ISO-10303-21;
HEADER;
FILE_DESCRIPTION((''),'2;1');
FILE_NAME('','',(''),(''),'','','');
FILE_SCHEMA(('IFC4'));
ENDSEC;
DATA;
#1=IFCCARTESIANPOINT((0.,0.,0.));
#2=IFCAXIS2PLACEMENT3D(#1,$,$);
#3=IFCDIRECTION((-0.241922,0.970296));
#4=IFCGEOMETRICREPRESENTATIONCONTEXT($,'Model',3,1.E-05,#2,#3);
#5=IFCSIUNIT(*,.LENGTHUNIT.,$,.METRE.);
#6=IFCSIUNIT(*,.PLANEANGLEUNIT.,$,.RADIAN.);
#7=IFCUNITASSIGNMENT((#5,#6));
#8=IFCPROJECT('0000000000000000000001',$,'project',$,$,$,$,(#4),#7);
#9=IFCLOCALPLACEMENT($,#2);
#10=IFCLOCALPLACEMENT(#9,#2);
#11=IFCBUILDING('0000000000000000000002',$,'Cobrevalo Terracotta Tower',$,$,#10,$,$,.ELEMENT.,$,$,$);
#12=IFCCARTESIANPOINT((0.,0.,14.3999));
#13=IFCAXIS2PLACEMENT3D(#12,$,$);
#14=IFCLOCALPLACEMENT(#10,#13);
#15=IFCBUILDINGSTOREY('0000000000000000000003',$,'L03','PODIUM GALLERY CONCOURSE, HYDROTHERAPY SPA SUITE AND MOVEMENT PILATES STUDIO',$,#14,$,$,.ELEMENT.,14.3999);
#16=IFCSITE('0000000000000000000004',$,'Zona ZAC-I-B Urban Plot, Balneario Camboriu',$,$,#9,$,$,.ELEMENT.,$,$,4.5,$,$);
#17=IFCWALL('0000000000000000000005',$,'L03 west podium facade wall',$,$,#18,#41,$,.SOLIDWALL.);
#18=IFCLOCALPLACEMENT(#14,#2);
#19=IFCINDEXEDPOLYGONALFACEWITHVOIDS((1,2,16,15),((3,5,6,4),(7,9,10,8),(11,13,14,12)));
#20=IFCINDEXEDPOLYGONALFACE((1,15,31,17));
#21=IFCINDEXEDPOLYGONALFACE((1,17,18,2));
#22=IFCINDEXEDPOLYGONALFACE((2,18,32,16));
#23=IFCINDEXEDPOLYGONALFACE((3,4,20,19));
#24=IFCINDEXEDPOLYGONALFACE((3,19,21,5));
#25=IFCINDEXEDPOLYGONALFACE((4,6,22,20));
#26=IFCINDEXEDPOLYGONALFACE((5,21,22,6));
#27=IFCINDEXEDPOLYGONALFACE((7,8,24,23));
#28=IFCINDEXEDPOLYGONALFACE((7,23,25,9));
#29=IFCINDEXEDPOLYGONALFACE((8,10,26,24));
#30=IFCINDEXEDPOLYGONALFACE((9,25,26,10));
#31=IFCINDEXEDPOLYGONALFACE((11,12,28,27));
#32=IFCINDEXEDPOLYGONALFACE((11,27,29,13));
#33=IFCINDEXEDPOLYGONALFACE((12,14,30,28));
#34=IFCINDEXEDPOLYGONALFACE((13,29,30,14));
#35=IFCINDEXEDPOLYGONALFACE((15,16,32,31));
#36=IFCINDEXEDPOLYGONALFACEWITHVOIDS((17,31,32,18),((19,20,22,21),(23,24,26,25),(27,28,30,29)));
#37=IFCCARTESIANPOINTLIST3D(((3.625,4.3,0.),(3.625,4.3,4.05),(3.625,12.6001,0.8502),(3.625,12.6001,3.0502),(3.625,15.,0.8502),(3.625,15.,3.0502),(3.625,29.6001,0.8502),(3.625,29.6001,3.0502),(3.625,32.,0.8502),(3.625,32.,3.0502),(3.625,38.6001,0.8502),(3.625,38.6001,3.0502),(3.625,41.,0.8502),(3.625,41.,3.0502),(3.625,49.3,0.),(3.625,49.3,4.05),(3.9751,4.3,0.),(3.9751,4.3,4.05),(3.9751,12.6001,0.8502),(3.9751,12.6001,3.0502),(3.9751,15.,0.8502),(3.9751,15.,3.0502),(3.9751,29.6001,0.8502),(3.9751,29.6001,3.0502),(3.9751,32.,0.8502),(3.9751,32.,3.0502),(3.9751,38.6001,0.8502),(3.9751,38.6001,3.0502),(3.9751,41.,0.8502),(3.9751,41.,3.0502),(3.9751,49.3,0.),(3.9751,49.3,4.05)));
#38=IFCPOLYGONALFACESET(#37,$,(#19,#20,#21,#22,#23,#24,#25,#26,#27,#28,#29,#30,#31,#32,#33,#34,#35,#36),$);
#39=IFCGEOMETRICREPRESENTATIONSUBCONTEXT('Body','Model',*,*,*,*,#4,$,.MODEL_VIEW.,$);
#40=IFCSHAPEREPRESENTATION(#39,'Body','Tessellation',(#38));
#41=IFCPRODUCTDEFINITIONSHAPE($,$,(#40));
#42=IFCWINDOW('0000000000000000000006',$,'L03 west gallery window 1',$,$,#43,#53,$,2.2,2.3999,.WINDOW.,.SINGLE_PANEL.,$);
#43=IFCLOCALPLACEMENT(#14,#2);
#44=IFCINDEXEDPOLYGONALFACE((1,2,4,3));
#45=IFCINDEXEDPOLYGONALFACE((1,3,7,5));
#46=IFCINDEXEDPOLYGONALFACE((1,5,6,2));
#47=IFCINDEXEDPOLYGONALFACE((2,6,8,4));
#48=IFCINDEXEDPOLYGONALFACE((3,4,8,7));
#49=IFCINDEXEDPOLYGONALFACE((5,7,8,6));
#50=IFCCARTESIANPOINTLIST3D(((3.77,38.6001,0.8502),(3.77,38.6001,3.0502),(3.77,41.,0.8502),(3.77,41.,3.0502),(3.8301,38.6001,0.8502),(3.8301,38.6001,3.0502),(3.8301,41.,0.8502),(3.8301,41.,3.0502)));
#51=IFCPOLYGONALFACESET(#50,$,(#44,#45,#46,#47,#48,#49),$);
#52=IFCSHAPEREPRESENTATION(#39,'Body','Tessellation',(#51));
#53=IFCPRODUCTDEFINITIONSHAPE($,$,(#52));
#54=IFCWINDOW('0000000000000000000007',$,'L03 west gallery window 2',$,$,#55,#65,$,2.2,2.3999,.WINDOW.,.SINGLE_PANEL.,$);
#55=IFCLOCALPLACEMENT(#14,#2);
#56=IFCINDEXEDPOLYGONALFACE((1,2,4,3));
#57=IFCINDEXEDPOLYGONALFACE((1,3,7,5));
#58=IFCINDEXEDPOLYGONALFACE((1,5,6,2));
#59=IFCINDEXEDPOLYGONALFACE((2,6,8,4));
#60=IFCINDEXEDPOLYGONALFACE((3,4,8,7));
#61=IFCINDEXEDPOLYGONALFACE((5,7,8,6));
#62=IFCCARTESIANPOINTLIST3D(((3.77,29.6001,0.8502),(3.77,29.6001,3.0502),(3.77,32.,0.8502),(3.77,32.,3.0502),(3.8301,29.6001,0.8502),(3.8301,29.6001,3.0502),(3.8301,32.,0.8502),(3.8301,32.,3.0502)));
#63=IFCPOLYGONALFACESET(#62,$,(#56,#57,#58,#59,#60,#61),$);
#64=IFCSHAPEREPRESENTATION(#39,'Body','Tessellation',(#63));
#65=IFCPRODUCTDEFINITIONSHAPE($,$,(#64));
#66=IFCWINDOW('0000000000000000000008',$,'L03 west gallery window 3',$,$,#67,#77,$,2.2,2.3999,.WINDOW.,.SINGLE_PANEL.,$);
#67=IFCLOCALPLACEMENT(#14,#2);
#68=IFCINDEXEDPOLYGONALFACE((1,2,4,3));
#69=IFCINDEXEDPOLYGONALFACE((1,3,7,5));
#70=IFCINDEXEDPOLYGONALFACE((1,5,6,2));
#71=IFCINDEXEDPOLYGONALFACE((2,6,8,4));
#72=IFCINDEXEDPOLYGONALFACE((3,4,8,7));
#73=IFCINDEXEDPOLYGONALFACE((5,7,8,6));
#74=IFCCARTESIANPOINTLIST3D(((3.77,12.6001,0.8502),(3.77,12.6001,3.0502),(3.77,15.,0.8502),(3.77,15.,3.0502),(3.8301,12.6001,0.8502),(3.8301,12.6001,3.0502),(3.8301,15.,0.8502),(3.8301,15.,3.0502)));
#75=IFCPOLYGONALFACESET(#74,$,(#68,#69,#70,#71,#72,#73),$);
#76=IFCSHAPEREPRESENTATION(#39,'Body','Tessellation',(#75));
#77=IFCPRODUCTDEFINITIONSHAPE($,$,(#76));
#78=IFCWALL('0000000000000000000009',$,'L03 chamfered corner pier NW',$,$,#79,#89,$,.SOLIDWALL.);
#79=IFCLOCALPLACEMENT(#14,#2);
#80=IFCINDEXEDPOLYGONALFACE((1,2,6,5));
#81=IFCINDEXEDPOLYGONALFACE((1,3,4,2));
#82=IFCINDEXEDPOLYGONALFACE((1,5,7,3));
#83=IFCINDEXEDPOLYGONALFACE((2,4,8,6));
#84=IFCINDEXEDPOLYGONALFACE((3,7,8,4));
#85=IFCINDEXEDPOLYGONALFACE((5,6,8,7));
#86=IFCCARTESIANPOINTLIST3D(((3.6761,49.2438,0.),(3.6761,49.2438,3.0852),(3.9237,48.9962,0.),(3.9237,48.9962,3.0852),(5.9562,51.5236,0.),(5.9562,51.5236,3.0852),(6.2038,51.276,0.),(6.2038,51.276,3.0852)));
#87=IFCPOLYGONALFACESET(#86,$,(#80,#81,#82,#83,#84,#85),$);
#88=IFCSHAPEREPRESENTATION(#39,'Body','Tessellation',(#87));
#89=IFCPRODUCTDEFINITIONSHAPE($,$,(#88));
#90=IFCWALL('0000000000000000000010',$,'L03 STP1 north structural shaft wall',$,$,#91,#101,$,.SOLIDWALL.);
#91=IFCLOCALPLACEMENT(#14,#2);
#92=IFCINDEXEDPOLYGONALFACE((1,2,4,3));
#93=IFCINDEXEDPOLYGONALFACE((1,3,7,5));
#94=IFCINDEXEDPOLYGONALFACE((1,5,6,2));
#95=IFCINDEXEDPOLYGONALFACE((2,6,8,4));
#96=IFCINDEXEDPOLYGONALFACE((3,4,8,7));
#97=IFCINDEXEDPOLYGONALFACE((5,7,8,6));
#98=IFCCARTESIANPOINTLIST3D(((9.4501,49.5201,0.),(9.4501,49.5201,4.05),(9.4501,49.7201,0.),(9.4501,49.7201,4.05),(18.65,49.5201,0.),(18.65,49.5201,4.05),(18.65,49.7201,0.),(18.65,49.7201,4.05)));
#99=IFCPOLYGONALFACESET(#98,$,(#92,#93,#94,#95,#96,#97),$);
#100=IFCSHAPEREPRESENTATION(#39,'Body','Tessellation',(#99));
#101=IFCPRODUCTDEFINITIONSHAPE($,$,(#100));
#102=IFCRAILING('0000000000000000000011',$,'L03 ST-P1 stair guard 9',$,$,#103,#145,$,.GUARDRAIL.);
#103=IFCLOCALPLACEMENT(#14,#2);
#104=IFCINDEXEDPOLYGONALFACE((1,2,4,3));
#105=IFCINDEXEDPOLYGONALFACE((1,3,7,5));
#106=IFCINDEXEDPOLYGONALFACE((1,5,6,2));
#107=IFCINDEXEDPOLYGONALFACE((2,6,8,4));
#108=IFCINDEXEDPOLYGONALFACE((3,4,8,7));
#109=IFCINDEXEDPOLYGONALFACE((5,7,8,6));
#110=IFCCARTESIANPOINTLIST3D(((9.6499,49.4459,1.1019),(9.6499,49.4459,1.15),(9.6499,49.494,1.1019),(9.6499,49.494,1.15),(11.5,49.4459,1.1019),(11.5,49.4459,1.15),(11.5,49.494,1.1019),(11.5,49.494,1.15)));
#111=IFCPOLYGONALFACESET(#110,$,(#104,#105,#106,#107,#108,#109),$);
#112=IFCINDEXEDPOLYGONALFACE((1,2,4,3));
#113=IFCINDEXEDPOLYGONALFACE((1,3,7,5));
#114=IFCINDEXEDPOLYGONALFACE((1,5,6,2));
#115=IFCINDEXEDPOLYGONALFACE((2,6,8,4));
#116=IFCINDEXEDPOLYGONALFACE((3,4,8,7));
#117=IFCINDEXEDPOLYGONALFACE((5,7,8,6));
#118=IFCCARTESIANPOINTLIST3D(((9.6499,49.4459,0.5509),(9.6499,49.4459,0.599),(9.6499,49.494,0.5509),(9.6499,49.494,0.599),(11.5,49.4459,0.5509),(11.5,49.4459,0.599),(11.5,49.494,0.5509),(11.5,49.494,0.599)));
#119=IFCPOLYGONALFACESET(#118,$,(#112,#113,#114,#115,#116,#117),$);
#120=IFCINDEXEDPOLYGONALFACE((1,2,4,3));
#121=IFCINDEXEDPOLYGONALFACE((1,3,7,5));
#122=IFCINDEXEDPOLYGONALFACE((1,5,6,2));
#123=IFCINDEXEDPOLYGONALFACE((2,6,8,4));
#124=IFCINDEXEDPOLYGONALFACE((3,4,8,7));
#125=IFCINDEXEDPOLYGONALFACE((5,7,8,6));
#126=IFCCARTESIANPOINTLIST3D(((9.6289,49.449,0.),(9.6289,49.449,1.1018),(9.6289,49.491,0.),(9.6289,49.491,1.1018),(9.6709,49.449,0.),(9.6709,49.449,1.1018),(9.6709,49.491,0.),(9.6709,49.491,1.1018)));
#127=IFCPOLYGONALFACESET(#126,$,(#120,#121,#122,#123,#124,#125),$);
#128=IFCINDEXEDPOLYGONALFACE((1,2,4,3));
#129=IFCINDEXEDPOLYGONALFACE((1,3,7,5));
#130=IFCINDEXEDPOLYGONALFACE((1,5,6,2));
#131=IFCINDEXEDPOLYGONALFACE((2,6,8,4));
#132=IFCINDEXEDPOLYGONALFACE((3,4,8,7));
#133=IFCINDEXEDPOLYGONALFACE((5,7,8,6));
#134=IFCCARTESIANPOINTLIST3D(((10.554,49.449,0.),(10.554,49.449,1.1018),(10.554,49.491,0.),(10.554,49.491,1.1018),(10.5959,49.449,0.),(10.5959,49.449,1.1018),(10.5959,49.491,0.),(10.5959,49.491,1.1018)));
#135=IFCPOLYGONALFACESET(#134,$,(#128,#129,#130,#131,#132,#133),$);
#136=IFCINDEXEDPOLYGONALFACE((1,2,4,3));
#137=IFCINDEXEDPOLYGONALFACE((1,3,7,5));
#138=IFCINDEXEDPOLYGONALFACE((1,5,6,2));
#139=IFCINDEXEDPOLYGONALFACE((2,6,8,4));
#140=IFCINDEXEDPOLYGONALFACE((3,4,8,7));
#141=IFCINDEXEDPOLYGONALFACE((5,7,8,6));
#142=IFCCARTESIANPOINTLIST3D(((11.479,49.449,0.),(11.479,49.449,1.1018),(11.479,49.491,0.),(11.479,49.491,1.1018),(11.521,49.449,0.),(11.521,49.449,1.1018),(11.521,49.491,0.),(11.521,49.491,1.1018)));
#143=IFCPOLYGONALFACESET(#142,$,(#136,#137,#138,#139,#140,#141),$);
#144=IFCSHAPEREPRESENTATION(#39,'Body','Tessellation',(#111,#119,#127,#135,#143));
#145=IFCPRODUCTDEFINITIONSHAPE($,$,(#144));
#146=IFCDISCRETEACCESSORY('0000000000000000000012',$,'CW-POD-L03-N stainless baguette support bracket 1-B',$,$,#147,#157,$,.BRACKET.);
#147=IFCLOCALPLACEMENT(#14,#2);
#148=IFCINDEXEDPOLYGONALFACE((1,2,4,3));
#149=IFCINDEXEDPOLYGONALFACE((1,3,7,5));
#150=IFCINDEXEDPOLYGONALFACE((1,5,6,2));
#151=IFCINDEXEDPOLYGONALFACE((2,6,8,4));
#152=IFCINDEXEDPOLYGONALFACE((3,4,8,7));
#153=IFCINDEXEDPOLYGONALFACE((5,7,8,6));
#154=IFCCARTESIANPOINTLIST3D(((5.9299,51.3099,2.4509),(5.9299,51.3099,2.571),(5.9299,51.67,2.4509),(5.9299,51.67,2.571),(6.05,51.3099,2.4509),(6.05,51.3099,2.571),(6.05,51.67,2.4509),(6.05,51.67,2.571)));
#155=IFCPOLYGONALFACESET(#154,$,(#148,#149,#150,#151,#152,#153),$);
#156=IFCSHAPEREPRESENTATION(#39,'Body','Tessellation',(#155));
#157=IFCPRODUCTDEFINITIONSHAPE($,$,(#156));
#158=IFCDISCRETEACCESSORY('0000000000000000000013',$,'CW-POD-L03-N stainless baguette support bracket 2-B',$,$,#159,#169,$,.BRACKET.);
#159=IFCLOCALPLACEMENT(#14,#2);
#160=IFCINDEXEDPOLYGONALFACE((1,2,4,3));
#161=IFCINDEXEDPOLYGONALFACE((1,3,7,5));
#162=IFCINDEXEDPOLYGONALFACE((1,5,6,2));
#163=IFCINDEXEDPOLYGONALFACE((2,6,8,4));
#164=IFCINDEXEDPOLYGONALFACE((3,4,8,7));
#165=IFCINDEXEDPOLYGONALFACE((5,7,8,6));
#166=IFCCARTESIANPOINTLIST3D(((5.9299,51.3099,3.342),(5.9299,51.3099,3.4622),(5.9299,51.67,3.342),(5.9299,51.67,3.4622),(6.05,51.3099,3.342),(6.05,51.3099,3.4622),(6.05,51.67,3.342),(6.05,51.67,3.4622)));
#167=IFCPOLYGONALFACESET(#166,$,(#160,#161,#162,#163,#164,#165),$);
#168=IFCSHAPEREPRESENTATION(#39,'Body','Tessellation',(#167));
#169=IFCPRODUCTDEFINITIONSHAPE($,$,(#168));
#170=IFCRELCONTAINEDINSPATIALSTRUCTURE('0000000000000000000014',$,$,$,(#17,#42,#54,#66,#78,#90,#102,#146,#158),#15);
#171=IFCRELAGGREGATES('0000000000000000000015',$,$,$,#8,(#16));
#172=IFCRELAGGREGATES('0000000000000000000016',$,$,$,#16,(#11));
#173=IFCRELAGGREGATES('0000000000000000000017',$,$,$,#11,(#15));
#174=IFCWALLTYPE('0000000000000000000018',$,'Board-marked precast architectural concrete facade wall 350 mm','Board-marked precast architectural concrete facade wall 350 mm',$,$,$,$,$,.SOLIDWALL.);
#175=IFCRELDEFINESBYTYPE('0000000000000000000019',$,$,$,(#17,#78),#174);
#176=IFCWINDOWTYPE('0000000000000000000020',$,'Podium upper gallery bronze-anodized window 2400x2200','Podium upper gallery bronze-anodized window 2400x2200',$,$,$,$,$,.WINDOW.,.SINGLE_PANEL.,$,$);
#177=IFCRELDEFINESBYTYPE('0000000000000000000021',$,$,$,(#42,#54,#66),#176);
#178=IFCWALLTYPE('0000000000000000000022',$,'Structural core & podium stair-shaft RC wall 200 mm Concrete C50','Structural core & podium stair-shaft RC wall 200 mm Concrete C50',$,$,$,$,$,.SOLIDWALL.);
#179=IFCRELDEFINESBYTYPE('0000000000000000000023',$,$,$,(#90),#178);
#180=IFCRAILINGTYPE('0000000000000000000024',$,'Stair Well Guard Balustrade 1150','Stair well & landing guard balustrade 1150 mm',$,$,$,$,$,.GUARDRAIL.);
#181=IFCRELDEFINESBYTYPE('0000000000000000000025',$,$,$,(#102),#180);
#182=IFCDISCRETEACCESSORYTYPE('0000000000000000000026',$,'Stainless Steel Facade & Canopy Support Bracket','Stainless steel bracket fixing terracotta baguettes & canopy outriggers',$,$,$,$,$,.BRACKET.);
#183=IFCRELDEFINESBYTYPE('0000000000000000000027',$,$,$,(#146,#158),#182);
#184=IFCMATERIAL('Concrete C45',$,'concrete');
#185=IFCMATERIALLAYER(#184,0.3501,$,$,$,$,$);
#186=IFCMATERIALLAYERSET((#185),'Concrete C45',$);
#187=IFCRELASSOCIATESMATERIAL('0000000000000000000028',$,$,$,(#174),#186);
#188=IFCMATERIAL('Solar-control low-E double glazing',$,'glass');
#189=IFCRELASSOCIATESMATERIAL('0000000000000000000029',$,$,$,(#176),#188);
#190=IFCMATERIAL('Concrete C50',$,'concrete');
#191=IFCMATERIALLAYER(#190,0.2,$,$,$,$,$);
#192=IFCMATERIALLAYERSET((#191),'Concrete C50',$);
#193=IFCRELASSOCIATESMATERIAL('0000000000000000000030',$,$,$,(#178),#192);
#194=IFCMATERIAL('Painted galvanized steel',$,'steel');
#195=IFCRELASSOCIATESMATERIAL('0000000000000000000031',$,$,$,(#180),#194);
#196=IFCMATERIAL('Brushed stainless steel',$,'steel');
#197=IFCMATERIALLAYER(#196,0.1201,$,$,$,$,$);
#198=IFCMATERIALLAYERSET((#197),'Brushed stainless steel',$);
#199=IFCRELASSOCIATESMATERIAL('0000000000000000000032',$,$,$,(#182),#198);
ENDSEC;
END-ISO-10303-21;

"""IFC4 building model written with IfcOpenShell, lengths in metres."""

from ifc_helpers import new_model, si_unit, direction, frame, frame_2d, origin, origin_2d, place, context, subcontext, project, spatial, rectangle, extrude, source, transform, mapped, material, layer, layer_set, type_object, element, fill, save


model = new_model("IFC4")

# Units and contexts
model_context = context("Model", 3, precision=1e-05, world=origin(), true_north=direction((-0.241922, 0.970296)))
body_context = subcontext(model_context, "Body", "Model", "MODEL_VIEW")
ifc_project = project(units=[si_unit("LENGTHUNIT", "METRE"), si_unit("PLANEANGLEUNIT", "RADIAN")], contexts=[model_context])

# Site, building, storey
site_placement = place(None, origin())
site = spatial("IfcSite", under=ifc_project, at=site_placement, Name="Zona ZAC-I-B Urban Plot, Balneario Camboriu", CompositionType="ELEMENT", RefElevation=4.5)
building_placement = place(site_placement, origin())
building = spatial("IfcBuilding", under=site, at=building_placement, Name="Cobrevalo Terracotta Tower", CompositionType="ELEMENT")
storey_placement = place(building_placement, frame((0.0, 0.0, 14.3999)))
storey = spatial("IfcBuildingStorey", under=building, at=storey_placement, Name="L03", Description="PODIUM GALLERY CONCOURSE, HYDROTHERAPY SPA SUITE AND MOVEMENT PILATES STUDIO", CompositionType="ELEMENT", Elevation=14.3999)

# Shared definitions
ifc_material_1 = material(Name="Concrete C50", Category="concrete")

# Wall, openings, windows
ifc_material_2 = material(Name="Concrete C45", Category="concrete")
ifc_layer_1 = layer(ifc_material_2, 0.3501)
ifc_layer_set_1 = layer_set([ifc_layer_1], Name="Concrete C45")
wall_type_1 = type_object("IfcWallType", Name="Board-marked precast architectural concrete facade wall 350 mm", Description="Board-marked precast architectural concrete facade wall 350 mm", PredefinedType="SOLIDWALL", material=ifc_layer_set_1)
wall_1_placement = place(storey_placement, frame((3.8, 49.3, 0.0), z_axis=(0.0, 0.0, 1.0), x_axis=(0.0, -1.0, 0.0)))
wall_1 = element("IfcWall", 1, at=wall_1_placement, inside=storey, type_object=wall_type_1, Name="L03 west podium facade wall", PredefinedType="SOLIDWALL", context=body_context, shape_type="SweptSolid", body=[
    extrude(rectangle(XDim=45.0, YDim=0.3501, at=frame_2d((22.5, 0.0))), origin(), (0.0, 0.0, 1.0), 4.05),
])
opening_1_placement = place(wall_1_placement, frame((8.3, 0.0, 0.8501)))
opening_1 = element("IfcOpeningElement", 2, at=opening_1_placement, cuts=wall_1, PredefinedType="OPENING", context=body_context, shape_type="SweptSolid", body=[
    extrude(rectangle(XDim=2.3999, YDim=2.2, at=frame_2d((1.2, 1.1001))), frame((0.0, 0.1851, 0.0), z_axis=(0.0, -1.0, 0.0), x_axis=(1.0, 0.0, 0.0)), (0.0, 0.0, 1.0), 0.3701),
])
opening_2_placement = place(wall_1_placement, frame((17.3, 0.0, 0.8501)))
opening_2 = element("IfcOpeningElement", 3, at=opening_2_placement, cuts=wall_1, PredefinedType="OPENING", context=body_context, shape_type="SweptSolid", body=[
    extrude(rectangle(XDim=2.3999, YDim=2.2, at=frame_2d((1.2, 1.1001))), frame((0.0, 0.1851, 0.0), z_axis=(0.0, -1.0, 0.0), x_axis=(1.0, 0.0, 0.0)), (0.0, 0.0, 1.0), 0.3701),
])
opening_3_placement = place(wall_1_placement, frame((34.3, 0.0, 0.8501)))
opening_3 = element("IfcOpeningElement", 4, at=opening_3_placement, cuts=wall_1, PredefinedType="OPENING", context=body_context, shape_type="SweptSolid", body=[
    extrude(rectangle(XDim=2.3999, YDim=2.2, at=frame_2d((1.2, 1.1001))), frame((0.0, 0.1851, 0.0), z_axis=(0.0, -1.0, 0.0), x_axis=(1.0, 0.0, 0.0)), (0.0, 0.0, 1.0), 0.3701),
])
ifc_material_3 = material(Name="Solar-control low-E double glazing", Category="glass")
window_type = type_object("IfcWindowType", Name="Podium upper gallery bronze-anodized window 2400x2200", Description="Podium upper gallery bronze-anodized window 2400x2200", PartitioningType="SINGLE_PANEL", PredefinedType="WINDOW", material=ifc_material_3)
shared_shape_1 = source(origin(), body_context, "Body", "SweptSolid", [
    extrude(rectangle(XDim=2.3999, YDim=2.2, at=frame_2d((1.2, 1.1001))), frame((0.0, 0.03, 0.0), z_axis=(0.0, -1.0, 0.0), x_axis=(1.0, 0.0, 0.0)), (0.0, 0.0, 1.0), 0.0601),
])
window_1_placement = place(opening_1_placement, origin())
window_1 = element("IfcWindow", 5, at=window_1_placement, inside=storey, type_object=window_type, Name="L03 west gallery window 1", OverallHeight=2.2, OverallWidth=2.3999, PartitioningType="SINGLE_PANEL", PredefinedType="WINDOW", context=body_context, shape_type="MappedRepresentation", body=[
    mapped(shared_shape_1, transform((0.0, 0.0, 0.0), scale=1.0)),
])
fill(opening_1, window_1)
window_2_placement = place(opening_2_placement, origin())
window_2 = element("IfcWindow", 6, at=window_2_placement, inside=storey, type_object=window_type, Name="L03 west gallery window 2", OverallHeight=2.2, OverallWidth=2.3999, PartitioningType="SINGLE_PANEL", PredefinedType="WINDOW", context=body_context, shape_type="MappedRepresentation", body=[
    mapped(shared_shape_1, transform((0.0, 0.0, 0.0), scale=1.0)),
])
fill(opening_2, window_2)
window_3_placement = place(opening_3_placement, origin())
window_3 = element("IfcWindow", 7, at=window_3_placement, inside=storey, type_object=window_type, Name="L03 west gallery window 3", OverallHeight=2.2, OverallWidth=2.3999, PartitioningType="SINGLE_PANEL", PredefinedType="WINDOW", context=body_context, shape_type="MappedRepresentation", body=[
    mapped(shared_shape_1, transform((0.0, 0.0, 0.0), scale=1.0)),
])
fill(opening_3, window_3)

# Walls
wall_2_placement = place(storey_placement, frame((6.0801, 51.3999, 0.0), z_axis=(0.0, 0.0, 1.0), x_axis=(-0.707145, -0.707069, 0.0)))
element("IfcWall", 8, at=wall_2_placement, inside=storey, type_object=wall_type_1, Name="L03 chamfered corner pier NW", PredefinedType="SOLIDWALL", context=body_context, shape_type="SweptSolid", body=[
    extrude(rectangle(XDim=3.2244, YDim=0.3501, at=frame_2d((1.6123, 0.0))), origin(), (0.0, 0.0, 1.0), 3.0852),
])
ifc_layer_2 = layer(ifc_material_1, 0.2)
ifc_layer_set_2 = layer_set([ifc_layer_2], Name="Concrete C50")
wall_type_2 = type_object("IfcWallType", Name="Structural core & podium stair-shaft RC wall 200 mm Concrete C50", Description="Structural core & podium stair-shaft RC wall 200 mm Concrete C50", PredefinedType="SOLIDWALL", material=ifc_layer_set_2)
wall_3_placement = place(storey_placement, frame((9.45, 49.6201, 0.0), z_axis=(0.0, 0.0, 1.0), x_axis=(1.0, 0.0, 0.0)))
element("IfcWall", 9, at=wall_3_placement, inside=storey, type_object=wall_type_2, Name="L03 STP1 north structural shaft wall", PredefinedType="SOLIDWALL", context=body_context, shape_type="SweptSolid", body=[
    extrude(rectangle(XDim=9.2, YDim=0.2, at=frame_2d((4.6001, 0.0))), origin(), (0.0, 0.0, 1.0), 4.05),
])

# Railing
ifc_material_4 = material(Name="Painted galvanized steel", Category="steel")
railing_type = type_object("IfcRailingType", Name="Stair Well Guard Balustrade 1150", Description="Stair well & landing guard balustrade 1150 mm", PredefinedType="GUARDRAIL", material=ifc_material_4)
railing_placement = place(storey_placement, frame((9.6499, 49.47, 0.0)))
element("IfcRailing", 10, at=railing_placement, inside=storey, type_object=railing_type, Name="L03 ST-P1 stair guard 9", PredefinedType="GUARDRAIL", context=body_context, shape_type="SweptSolid", body=[
    extrude(rectangle(XDim=0.0481, YDim=0.0481, at=origin_2d()), frame((0.0, 0.0, 1.126), z_axis=(1.0, 0.0, 0.0), x_axis=(0.0, 1.0, 0.0)), (0.0, 0.0, 1.0), 1.8501),
    extrude(rectangle(XDim=0.0481, YDim=0.0481, at=origin_2d()), frame((0.0, 0.0, 0.575), z_axis=(1.0, 0.0, 0.0), x_axis=(0.0, 1.0, 0.0)), (0.0, 0.0, 1.0), 1.8501),
    extrude(rectangle(XDim=0.042, YDim=0.042, at=origin_2d()), origin(), (0.0, 0.0, 1.0), 1.1018),
    extrude(rectangle(XDim=0.042, YDim=0.042, at=origin_2d()), frame((0.925, 0.0, 0.0)), (0.0, 0.0, 1.0), 1.1018),
    extrude(rectangle(XDim=0.042, YDim=0.042, at=origin_2d()), frame((1.8501, 0.0, 0.0)), (0.0, 0.0, 1.0), 1.1018),
])

# Discrete accessories
ifc_material_5 = material(Name="Brushed stainless steel", Category="steel")
ifc_layer_3 = layer(ifc_material_5, 0.1201)
ifc_layer_set_3 = layer_set([ifc_layer_3], Name="Brushed stainless steel")
discrete_accessory_type = type_object("IfcDiscreteAccessoryType", Name="Stainless Steel Facade & Canopy Support Bracket", Description="Stainless steel bracket fixing terracotta baguettes & canopy outriggers", PredefinedType="BRACKET", material=ifc_layer_set_3)
shared_shape_2 = source(origin(), body_context, "Body", "SweptSolid", [
    extrude(rectangle(XDim=0.1201, YDim=0.3601, at=origin_2d()), origin(), (0.0, 0.0, 1.0), 0.1201),
])
for number, where, z_axis, x_axis, name in (
    (11, (5.99, 51.49, 2.4509), (0.0, 0.0, 1.0), (-1.0, 0.0, 0.0), "CW-POD-L03-N stainless baguette support bracket 1-B"),
    (12, (5.99, 51.49, 3.342), (0.0, 0.0, 1.0), (-1.0, 0.0, 0.0), "CW-POD-L03-N stainless baguette support bracket 2-B"),
):
    element("IfcDiscreteAccessory", number, at=place(storey_placement, frame(where, z_axis=z_axis, x_axis=x_axis)), inside=storey, type_object=discrete_accessory_type, Name=name, PredefinedType="BRACKET", context=body_context, shape_type="MappedRepresentation", body=[
        mapped(shared_shape_2, transform((0.0, 0.0, 0.0), scale=1.0)),
    ])

save(model, "model.ifc")
